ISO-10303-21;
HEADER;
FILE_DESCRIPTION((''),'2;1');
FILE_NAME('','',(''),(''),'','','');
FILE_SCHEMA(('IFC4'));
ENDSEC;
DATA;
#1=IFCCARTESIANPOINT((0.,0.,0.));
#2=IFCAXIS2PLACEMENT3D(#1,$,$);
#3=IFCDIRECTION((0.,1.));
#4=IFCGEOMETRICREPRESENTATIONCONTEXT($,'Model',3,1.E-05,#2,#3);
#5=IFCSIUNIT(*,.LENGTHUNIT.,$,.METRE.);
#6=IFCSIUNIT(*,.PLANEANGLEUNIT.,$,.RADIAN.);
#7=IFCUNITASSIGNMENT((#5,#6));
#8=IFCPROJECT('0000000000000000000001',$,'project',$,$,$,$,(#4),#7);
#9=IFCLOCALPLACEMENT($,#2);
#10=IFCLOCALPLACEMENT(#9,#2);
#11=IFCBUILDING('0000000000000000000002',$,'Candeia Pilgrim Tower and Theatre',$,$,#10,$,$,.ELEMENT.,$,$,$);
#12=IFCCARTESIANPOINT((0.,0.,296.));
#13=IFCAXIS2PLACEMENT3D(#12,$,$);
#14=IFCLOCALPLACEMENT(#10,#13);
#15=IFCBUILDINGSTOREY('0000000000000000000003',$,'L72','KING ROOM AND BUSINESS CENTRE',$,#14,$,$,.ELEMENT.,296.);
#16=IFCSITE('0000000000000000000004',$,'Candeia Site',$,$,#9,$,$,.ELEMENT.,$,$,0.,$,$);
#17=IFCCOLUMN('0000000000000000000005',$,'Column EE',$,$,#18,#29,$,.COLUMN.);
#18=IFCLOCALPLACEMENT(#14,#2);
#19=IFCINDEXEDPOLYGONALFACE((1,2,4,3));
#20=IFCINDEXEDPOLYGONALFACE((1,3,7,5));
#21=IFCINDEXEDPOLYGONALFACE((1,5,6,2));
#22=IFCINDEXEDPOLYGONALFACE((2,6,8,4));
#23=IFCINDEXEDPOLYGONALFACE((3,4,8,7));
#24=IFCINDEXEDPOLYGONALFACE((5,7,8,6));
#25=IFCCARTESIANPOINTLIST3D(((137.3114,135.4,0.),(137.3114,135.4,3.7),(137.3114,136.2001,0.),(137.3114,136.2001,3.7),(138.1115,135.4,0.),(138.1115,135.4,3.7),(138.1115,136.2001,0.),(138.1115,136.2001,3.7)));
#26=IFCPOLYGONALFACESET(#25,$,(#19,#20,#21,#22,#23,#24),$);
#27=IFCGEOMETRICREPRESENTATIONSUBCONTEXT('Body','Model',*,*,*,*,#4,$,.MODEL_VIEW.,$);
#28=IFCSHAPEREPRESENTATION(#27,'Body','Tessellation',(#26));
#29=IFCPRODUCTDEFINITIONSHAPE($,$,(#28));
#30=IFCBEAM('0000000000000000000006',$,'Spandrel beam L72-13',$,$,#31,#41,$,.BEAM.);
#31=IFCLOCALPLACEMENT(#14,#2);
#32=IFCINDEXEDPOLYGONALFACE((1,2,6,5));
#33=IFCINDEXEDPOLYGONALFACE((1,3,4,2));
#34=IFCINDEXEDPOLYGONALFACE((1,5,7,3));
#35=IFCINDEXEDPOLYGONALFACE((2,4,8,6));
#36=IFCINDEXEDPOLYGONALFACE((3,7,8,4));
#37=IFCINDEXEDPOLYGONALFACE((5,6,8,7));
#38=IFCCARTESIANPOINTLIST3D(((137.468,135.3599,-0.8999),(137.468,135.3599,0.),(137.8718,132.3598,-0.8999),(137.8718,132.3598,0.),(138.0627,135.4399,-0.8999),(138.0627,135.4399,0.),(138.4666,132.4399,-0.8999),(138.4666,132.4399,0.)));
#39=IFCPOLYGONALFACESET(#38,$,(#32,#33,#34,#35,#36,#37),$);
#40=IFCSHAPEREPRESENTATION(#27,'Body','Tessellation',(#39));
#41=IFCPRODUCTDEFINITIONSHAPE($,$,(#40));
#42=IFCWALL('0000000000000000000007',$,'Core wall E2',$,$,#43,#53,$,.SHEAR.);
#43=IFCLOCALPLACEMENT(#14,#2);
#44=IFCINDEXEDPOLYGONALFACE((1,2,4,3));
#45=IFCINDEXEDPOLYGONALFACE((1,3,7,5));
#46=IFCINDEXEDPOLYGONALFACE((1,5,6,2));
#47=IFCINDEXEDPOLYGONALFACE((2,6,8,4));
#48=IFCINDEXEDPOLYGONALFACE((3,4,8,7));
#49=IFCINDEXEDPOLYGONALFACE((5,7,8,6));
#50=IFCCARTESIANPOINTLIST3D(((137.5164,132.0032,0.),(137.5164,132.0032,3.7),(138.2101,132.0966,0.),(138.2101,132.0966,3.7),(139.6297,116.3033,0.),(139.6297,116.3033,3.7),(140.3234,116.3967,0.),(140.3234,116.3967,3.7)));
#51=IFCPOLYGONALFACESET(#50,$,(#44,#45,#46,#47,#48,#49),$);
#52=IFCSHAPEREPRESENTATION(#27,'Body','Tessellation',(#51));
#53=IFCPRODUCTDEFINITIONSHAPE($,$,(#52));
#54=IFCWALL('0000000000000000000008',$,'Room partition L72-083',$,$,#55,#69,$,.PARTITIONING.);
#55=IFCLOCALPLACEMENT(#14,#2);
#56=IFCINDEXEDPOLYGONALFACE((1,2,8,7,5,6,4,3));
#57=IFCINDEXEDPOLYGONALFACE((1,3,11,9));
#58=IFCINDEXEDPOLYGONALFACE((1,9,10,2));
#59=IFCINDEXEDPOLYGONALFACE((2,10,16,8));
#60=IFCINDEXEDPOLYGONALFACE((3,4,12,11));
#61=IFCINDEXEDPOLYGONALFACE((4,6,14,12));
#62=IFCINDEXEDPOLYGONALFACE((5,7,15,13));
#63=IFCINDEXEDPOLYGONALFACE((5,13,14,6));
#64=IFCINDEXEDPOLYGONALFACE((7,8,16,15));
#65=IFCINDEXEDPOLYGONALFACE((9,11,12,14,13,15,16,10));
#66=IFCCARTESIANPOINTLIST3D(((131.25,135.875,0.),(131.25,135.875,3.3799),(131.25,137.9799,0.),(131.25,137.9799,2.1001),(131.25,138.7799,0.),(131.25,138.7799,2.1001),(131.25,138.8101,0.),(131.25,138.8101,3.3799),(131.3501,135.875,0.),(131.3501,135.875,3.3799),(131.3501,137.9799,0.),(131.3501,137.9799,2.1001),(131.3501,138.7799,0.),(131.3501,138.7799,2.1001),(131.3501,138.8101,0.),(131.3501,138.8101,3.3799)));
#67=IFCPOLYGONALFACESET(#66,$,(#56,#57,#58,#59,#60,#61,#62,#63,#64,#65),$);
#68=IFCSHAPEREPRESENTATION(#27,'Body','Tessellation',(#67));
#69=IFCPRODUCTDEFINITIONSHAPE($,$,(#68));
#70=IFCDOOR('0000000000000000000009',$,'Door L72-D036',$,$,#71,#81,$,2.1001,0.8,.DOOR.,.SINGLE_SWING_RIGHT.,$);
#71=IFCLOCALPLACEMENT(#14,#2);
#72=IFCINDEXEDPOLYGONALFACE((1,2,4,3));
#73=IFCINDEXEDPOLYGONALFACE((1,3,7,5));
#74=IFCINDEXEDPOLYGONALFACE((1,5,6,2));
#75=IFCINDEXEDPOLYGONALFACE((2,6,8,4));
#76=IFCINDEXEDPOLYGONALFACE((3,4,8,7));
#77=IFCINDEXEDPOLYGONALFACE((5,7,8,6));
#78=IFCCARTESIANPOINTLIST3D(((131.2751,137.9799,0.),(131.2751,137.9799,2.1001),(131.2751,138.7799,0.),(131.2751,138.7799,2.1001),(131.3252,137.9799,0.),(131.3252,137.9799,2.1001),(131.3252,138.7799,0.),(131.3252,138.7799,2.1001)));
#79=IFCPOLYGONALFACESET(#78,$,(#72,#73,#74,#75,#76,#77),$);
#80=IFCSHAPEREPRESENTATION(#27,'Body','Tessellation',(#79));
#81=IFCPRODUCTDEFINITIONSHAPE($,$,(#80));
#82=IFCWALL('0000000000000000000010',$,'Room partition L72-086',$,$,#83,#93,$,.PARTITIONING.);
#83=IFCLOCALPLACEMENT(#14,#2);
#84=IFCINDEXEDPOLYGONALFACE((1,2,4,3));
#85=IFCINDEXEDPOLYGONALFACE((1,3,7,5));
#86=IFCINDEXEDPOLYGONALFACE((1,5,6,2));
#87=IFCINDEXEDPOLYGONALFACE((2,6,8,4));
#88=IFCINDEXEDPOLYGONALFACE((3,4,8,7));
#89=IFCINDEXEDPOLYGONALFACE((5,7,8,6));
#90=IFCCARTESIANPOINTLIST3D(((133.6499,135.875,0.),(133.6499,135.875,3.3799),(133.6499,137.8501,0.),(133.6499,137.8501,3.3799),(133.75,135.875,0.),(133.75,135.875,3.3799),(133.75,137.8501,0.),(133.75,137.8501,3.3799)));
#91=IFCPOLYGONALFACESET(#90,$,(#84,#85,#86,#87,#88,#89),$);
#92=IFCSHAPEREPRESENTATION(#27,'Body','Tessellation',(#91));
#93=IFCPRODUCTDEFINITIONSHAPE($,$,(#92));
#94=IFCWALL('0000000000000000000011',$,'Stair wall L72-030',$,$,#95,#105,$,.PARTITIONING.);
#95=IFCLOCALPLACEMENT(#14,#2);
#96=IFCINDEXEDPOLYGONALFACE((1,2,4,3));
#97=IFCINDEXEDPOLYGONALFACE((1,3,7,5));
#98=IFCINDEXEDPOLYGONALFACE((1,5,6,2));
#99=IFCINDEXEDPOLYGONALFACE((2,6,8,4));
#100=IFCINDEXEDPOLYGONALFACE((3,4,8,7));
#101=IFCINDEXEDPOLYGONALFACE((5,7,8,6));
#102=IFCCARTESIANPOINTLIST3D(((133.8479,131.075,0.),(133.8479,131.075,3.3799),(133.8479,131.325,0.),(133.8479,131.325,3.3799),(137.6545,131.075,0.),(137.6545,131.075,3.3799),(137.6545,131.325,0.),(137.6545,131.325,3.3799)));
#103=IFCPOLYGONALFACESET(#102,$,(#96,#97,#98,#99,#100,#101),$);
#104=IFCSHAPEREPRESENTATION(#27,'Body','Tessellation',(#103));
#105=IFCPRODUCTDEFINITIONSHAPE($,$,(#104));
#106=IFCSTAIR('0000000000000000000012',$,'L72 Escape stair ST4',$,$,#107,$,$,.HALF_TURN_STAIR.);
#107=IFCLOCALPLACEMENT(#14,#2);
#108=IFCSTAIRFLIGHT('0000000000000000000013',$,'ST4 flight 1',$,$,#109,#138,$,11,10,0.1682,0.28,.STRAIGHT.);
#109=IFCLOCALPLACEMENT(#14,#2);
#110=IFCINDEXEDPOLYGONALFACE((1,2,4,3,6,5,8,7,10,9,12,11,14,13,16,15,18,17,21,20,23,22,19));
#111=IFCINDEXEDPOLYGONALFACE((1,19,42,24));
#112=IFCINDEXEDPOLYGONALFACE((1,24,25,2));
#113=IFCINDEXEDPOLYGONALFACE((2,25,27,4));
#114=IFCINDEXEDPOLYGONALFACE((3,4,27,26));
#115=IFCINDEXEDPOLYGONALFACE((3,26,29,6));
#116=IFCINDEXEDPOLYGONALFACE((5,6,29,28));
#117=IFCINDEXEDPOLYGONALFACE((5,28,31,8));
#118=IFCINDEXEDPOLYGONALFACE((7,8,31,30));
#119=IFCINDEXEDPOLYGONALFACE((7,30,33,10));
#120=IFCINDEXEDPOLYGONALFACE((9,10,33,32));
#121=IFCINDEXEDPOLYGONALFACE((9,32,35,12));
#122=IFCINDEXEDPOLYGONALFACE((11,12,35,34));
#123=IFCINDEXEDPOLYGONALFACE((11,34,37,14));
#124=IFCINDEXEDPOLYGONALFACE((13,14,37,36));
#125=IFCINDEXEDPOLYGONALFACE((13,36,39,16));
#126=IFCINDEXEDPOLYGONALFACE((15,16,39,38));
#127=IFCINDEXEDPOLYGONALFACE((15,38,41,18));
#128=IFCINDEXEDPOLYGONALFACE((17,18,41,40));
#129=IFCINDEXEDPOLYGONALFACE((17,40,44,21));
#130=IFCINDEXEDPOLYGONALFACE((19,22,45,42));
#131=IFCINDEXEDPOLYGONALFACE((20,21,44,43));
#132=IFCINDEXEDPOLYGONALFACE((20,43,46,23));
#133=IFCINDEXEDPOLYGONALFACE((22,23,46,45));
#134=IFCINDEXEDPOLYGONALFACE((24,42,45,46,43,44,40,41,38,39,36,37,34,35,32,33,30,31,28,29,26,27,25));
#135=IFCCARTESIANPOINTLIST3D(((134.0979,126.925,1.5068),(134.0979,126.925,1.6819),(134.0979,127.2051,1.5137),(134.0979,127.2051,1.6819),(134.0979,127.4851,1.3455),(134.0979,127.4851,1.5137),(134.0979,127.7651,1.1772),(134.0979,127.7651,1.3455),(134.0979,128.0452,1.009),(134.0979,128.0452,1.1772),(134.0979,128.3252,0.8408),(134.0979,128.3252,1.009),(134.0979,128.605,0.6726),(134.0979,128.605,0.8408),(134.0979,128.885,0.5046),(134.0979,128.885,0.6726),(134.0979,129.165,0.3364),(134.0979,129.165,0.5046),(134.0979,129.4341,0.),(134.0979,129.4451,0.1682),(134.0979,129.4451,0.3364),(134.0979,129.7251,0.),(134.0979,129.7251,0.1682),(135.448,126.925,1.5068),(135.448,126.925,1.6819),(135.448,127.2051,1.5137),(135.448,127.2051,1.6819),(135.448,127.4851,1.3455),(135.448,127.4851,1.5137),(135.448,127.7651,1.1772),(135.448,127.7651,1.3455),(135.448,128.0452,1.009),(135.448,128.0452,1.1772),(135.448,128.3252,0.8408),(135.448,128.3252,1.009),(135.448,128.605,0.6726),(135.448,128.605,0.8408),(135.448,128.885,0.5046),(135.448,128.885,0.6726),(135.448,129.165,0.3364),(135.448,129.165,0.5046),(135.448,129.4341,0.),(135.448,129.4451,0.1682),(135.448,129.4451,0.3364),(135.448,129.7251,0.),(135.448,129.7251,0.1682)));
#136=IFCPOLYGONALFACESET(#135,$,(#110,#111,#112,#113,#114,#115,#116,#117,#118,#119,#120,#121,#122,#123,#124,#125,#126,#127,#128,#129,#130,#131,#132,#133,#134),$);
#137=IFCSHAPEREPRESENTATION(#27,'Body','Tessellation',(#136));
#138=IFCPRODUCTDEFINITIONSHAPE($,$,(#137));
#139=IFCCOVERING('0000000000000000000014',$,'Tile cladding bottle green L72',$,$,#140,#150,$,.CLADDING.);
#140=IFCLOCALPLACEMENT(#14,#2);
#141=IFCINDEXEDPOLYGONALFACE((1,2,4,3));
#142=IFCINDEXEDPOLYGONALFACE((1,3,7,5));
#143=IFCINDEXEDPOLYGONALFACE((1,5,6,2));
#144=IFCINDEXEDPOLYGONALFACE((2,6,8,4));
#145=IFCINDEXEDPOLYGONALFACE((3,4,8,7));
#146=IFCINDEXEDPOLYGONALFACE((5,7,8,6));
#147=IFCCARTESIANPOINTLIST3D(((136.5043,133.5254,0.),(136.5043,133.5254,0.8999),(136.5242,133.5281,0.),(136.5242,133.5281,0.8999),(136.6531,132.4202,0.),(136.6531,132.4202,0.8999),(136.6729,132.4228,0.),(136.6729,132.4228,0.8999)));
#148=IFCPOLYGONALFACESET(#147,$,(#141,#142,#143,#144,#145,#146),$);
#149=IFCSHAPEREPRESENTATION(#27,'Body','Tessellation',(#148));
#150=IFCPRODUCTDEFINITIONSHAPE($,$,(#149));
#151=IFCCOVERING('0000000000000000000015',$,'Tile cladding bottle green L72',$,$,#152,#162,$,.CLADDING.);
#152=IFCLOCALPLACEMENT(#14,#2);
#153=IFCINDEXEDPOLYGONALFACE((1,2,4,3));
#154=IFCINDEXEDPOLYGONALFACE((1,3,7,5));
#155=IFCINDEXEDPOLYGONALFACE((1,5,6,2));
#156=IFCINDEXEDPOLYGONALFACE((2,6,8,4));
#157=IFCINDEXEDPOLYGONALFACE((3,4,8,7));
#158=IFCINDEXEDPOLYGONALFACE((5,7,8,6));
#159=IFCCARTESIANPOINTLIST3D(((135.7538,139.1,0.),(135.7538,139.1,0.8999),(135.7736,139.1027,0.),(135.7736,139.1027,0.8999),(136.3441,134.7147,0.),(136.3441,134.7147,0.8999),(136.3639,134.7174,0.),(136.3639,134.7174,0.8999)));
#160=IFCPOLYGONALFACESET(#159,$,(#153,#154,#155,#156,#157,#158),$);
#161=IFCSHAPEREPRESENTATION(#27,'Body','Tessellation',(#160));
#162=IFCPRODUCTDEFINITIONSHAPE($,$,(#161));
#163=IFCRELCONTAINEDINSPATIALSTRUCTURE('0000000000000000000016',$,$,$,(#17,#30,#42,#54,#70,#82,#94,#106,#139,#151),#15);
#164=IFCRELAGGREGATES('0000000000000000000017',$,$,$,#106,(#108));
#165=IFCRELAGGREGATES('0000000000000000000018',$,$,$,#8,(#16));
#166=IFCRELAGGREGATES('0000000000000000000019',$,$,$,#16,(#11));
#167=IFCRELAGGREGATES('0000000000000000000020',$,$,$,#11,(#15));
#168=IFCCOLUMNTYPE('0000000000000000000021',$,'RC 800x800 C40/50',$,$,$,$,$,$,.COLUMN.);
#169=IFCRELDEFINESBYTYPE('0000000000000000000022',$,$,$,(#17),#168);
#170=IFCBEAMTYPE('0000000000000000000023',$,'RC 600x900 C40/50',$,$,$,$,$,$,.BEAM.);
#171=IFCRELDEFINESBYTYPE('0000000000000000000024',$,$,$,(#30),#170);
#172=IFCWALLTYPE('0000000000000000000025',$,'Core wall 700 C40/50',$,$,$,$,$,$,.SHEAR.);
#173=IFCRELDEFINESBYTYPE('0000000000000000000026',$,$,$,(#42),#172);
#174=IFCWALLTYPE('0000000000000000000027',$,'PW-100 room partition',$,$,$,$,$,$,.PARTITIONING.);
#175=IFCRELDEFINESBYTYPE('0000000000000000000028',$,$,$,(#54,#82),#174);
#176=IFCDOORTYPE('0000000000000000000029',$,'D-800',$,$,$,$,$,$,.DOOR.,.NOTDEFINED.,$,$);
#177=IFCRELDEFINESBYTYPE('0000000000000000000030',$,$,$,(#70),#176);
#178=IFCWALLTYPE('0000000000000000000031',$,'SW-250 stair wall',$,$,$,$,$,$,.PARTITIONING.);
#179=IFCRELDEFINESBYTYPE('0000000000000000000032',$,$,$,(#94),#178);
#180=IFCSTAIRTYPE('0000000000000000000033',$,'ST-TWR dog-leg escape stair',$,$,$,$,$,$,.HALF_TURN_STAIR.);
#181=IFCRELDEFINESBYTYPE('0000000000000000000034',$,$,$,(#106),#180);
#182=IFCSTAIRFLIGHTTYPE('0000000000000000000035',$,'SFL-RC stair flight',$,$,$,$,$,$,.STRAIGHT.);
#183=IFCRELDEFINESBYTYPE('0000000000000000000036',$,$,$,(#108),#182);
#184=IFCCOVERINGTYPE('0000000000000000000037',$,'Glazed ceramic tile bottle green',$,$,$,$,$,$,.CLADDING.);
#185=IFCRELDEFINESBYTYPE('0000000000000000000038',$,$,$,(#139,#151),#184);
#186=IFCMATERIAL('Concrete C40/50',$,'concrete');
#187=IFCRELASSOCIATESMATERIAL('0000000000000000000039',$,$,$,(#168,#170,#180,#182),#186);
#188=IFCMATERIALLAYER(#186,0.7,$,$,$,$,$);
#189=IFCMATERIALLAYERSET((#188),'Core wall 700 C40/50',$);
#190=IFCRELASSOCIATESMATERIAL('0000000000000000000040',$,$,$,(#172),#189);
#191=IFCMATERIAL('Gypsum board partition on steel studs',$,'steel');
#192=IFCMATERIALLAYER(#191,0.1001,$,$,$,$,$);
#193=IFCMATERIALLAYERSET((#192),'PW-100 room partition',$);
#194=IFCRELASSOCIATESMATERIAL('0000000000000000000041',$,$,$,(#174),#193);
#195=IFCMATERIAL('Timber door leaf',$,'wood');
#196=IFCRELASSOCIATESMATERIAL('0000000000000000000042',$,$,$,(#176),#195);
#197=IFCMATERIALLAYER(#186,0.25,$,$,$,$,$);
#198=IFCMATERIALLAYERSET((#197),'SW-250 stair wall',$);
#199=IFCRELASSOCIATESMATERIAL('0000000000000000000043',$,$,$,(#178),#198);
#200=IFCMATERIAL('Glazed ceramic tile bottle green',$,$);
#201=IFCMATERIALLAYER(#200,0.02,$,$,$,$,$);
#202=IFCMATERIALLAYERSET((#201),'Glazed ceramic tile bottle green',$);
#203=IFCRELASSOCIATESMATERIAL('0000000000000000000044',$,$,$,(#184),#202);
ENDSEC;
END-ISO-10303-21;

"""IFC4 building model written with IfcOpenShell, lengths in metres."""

from ifc_helpers import new_model, si_unit, direction, frame, frame_2d, origin, origin_2d, place, context, subcontext, project, spatial, polyline, rectangle, outline, extrude, material, layer, layer_set, material_profile, profile_set, type_object, element, fill, aggregate, save


model = new_model("IFC4")

# Units and contexts
model_context = context("Model", 3, precision=1e-05, world=origin(), true_north=direction((0.0, 1.0)))
body_context = subcontext(model_context, "Body", "Model", "MODEL_VIEW")
ifc_project = project(units=[si_unit("LENGTHUNIT", "METRE"), si_unit("PLANEANGLEUNIT", "RADIAN")], contexts=[model_context])

# Site, building, storey
site_placement = place(None, origin())
site = spatial("IfcSite", under=ifc_project, at=site_placement, Name="Candeia Site", CompositionType="ELEMENT", RefElevation=0.0)
building_placement = place(site_placement, origin())
building = spatial("IfcBuilding", under=site, at=building_placement, Name="Candeia Pilgrim Tower and Theatre", CompositionType="ELEMENT")
storey_placement = place(building_placement, frame((0.0, 0.0, 296.0)))
storey = spatial("IfcBuildingStorey", under=building, at=storey_placement, Name="L72", Description="KING ROOM AND BUSINESS CENTRE", CompositionType="ELEMENT", Elevation=296.0)

# Column
ifc_material_1 = material(Name="Concrete C40/50", Category="concrete")
ifc_material_profile_1 = material_profile(ifc_material_1, rectangle(XDim=0.8, YDim=0.8, at=origin_2d()))
ifc_profile_set_1 = profile_set([ifc_material_profile_1], Name="Concrete C40/50")
column_type = type_object("IfcColumnType", Name="RC 800x800 C40/50", PredefinedType="COLUMN", material=ifc_profile_set_1)
column_placement = place(storey_placement, frame((137.7114, 135.8, 0.0), z_axis=(0.0, 0.0, 1.0), x_axis=(1.0, 0.0, 0.0)))
element("IfcColumn", 1, at=column_placement, inside=storey, type_object=column_type, Name="Column EE", PredefinedType="COLUMN", context=body_context, shape_type="SweptSolid", body=[
    extrude(rectangle(XDim=0.8, YDim=0.8, at=origin_2d()), origin(), (0.0, 0.0, 1.0), 3.7),
])

# Beam
ifc_material_profile_2 = material_profile(ifc_material_1, rectangle(XDim=0.6001, YDim=0.8999, at=origin_2d()))
ifc_profile_set_2 = profile_set([ifc_material_profile_2], Name="Concrete C40/50")
beam_type = type_object("IfcBeamType", Name="RC 600x900 C40/50", PredefinedType="BEAM", material=ifc_profile_set_2)
beam_placement = place(storey_placement, frame((137.7654, 135.3999, -0.45), z_axis=(0.1334, -0.991062, 0.0), x_axis=(0.991062, 0.1334, 0.0)))
element("IfcBeam", 2, at=beam_placement, inside=storey, type_object=beam_type, Name="Spandrel beam L72-13", PredefinedType="BEAM", context=body_context, shape_type="SweptSolid", body=[
    extrude(rectangle(XDim=0.6001, YDim=0.8999, at=origin_2d()), origin(), (0.0, 0.0, 1.0), 3.0271),
])

# Wall
ifc_layer_1 = layer(ifc_material_1, 0.7)
ifc_layer_set_1 = layer_set([ifc_layer_1], Name="Core wall 700 C40/50")
wall_type_1 = type_object("IfcWallType", Name="Core wall 700 C40/50", PredefinedType="SHEAR", material=ifc_layer_set_1)
wall_1_placement = place(storey_placement, frame((137.8633, 132.05, 0.0), z_axis=(0.0, 0.0, 1.0), x_axis=(0.133401, -0.991062, 0.0)))
element("IfcWall", 3, at=wall_1_placement, inside=storey, type_object=wall_type_1, Name="Core wall E2", PredefinedType="SHEAR", context=body_context, shape_type="SweptSolid", body=[
    extrude(rectangle(XDim=15.8416, YDim=0.7, at=frame_2d((7.9209, 0.0))), origin(), (0.0, 0.0, 1.0), 3.7),
])

# Wall, opening, door
ifc_material_2 = material(Name="Gypsum board partition on steel studs", Category="steel")
ifc_layer_2 = layer(ifc_material_2, 0.1001)
ifc_layer_set_2 = layer_set([ifc_layer_2], Name="PW-100 room partition")
wall_type_2 = type_object("IfcWallType", Name="PW-100 room partition", PredefinedType="PARTITIONING", material=ifc_layer_set_2)
wall_2_placement = place(storey_placement, frame((131.3, 135.875, 0.0), z_axis=(0.0, 0.0, 1.0), x_axis=(0.0, 1.0, 0.0)))
wall_2 = element("IfcWall", 4, at=wall_2_placement, inside=storey, type_object=wall_type_2, Name="Room partition L72-083", PredefinedType="PARTITIONING", context=body_context, shape_type="SweptSolid", body=[
    extrude(rectangle(XDim=2.9351, YDim=0.1001, at=frame_2d((1.4675, 0.0))), origin(), (0.0, 0.0, 1.0), 3.3799),
])
opening_1_placement = place(wall_2_placement, frame((2.105, 0.0, 0.0)))
opening_1 = element("IfcOpeningElement", 5, at=opening_1_placement, cuts=wall_2, PredefinedType="OPENING", context=body_context, shape_type="SweptSolid", body=[
    extrude(rectangle(XDim=0.8, YDim=2.1001, at=frame_2d((0.3999, 1.05))), frame((0.0, 0.0601, 0.0), z_axis=(0.0, -1.0, 0.0), x_axis=(1.0, 0.0, 0.0)), (0.0, 0.0, 1.0), 0.1201),
])
ifc_material_3 = material(Name="Timber door leaf", Category="wood")
door_type_1 = type_object("IfcDoorType", Name="D-800", OperationType="NOTDEFINED", PredefinedType="DOOR", material=ifc_material_3)
door_1_placement = place(opening_1_placement, origin())
door_1 = element("IfcDoor", 6, at=door_1_placement, inside=storey, type_object=door_type_1, Name="Door L72-D036", OperationType="SINGLE_SWING_RIGHT", OverallHeight=2.1001, OverallWidth=0.8, PredefinedType="DOOR", context=body_context, shape_type="SweptSolid", body=[
    extrude(rectangle(XDim=0.8, YDim=2.1001, at=frame_2d((0.3999, 1.05))), frame((0.0, 0.0249, 0.0), z_axis=(0.0, -1.0, 0.0), x_axis=(1.0, 0.0, 0.0)), (0.0, 0.0, 1.0), 0.05),
])
fill(opening_1, door_1)

# Walls
wall_3_placement = place(storey_placement, frame((133.7, 135.875, 0.0), z_axis=(0.0, 0.0, 1.0), x_axis=(0.0, 1.0, 0.0)))
element("IfcWall", 7, at=wall_3_placement, inside=storey, type_object=wall_type_2, Name="Room partition L72-086", PredefinedType="PARTITIONING", context=body_context, shape_type="SweptSolid", body=[
    extrude(rectangle(XDim=1.9751, YDim=0.1001, at=frame_2d((0.9875, 0.0))), origin(), (0.0, 0.0, 1.0), 3.3799),
])
ifc_layer_3 = layer(ifc_material_1, 0.25)
ifc_layer_set_3 = layer_set([ifc_layer_3], Name="SW-250 stair wall")
wall_type_3 = type_object("IfcWallType", Name="SW-250 stair wall", PredefinedType="PARTITIONING", material=ifc_layer_set_3)
wall_4_placement = place(storey_placement, frame((133.8479, 131.2, 0.0), z_axis=(0.0, 0.0, 1.0), x_axis=(1.0, 0.0, 0.0)))
element("IfcWall", 8, at=wall_4_placement, inside=storey, type_object=wall_type_3, Name="Stair wall L72-030", PredefinedType="PARTITIONING", context=body_context, shape_type="SweptSolid", body=[
    extrude(rectangle(XDim=3.8066, YDim=0.25, at=frame_2d((1.9033, 0.0))), origin(), (0.0, 0.0, 1.0), 3.3799),
])

# Stair, stair flight
stair_type = type_object("IfcStairType", Name="ST-TWR dog-leg escape stair", PredefinedType="HALF_TURN_STAIR", material=ifc_material_1)
stair_placement = place(storey_placement, origin())
stair = element("IfcStair", 9, at=stair_placement, inside=storey, type_object=stair_type, Name="L72 Escape stair ST4", PredefinedType="HALF_TURN_STAIR")
stair_flight_type = type_object("IfcStairFlightType", Name="SFL-RC stair flight", PredefinedType="STRAIGHT", material=ifc_material_1)
stair_flight_placement = place(storey_placement, frame((134.7729, 129.7251, 0.0), z_axis=(0.0, 0.0, 1.0), x_axis=(0.0, -1.0, 0.0)))
stair_flight = element("IfcStairFlight", 10, at=stair_flight_placement, type_object=stair_flight_type, Name="ST4 flight 1", NumberOfRisers=11, NumberOfTreads=10, PredefinedType="STRAIGHT", RiserHeight=0.1682, TreadLength=0.28, context=body_context, shape_type="SweptSolid", body=[
    extrude(outline(polyline([(0.0, 0.0), (0.0, 0.1682), (0.28, 0.1682), (0.28, 0.3364), (0.5601, 0.3364), (0.5601, 0.5046), (0.8401, 0.5046), (0.8401, 0.6726), (1.1201, 0.6726), (1.1201, 0.8408), (1.3999, 0.8408), (1.3999, 1.009), (1.6799, 1.009), (1.6799, 1.1772), (1.96, 1.1772), (1.96, 1.3455), (2.24, 1.3455), (2.24, 1.5137), (2.52, 1.5137), (2.52, 1.6819), (2.8, 1.6819), (2.8, 1.8501), (2.8, 1.5068), (0.291, 0.0), (0.0, 0.0)])), frame((0.0, 0.675, 0.0), z_axis=(0.0, -1.0, 0.0), x_axis=(1.0, 0.0, 0.0)), (0.0, 0.0, 1.0), 1.3501),
])
aggregate(stair, [stair_flight])

# Coverings
ifc_material_4 = material(Name="Glazed ceramic tile bottle green")
ifc_layer_4 = layer(ifc_material_4, 0.02)
ifc_layer_set_4 = layer_set([ifc_layer_4], Name="Glazed ceramic tile bottle green")
covering_type = type_object("IfcCoveringType", Name="Glazed ceramic tile bottle green", PredefinedType="CLADDING", material=ifc_layer_set_4)
covering_1_placement = place(storey_placement, frame((136.5886, 132.9741, 0.0), z_axis=(0.0, 0.0, 1.0), x_axis=(-0.133412, 0.991061, 0.0)))
element("IfcCovering", 11, at=covering_1_placement, inside=storey, type_object=covering_type, Name="Tile cladding bottle green L72", PredefinedType="CLADDING", context=body_context, shape_type="SweptSolid", body=[
    extrude(rectangle(XDim=1.1152, YDim=0.02, at=origin_2d()), origin(), (0.0, 0.0, 1.0), 0.8999),
])
covering_2_placement = place(storey_placement, frame((136.0588, 136.9087, 0.0), z_axis=(0.0, 0.0, 1.0), x_axis=(-0.133412, 0.991061, 0.0)))
element("IfcCovering", 12, at=covering_2_placement, inside=storey, type_object=covering_type, Name="Tile cladding bottle green L72", PredefinedType="CLADDING", context=body_context, shape_type="SweptSolid", body=[
    extrude(rectangle(XDim=4.4248, YDim=0.02, at=origin_2d()), origin(), (0.0, 0.0, 1.0), 0.8999),
])

save(model, "model.ifc")
